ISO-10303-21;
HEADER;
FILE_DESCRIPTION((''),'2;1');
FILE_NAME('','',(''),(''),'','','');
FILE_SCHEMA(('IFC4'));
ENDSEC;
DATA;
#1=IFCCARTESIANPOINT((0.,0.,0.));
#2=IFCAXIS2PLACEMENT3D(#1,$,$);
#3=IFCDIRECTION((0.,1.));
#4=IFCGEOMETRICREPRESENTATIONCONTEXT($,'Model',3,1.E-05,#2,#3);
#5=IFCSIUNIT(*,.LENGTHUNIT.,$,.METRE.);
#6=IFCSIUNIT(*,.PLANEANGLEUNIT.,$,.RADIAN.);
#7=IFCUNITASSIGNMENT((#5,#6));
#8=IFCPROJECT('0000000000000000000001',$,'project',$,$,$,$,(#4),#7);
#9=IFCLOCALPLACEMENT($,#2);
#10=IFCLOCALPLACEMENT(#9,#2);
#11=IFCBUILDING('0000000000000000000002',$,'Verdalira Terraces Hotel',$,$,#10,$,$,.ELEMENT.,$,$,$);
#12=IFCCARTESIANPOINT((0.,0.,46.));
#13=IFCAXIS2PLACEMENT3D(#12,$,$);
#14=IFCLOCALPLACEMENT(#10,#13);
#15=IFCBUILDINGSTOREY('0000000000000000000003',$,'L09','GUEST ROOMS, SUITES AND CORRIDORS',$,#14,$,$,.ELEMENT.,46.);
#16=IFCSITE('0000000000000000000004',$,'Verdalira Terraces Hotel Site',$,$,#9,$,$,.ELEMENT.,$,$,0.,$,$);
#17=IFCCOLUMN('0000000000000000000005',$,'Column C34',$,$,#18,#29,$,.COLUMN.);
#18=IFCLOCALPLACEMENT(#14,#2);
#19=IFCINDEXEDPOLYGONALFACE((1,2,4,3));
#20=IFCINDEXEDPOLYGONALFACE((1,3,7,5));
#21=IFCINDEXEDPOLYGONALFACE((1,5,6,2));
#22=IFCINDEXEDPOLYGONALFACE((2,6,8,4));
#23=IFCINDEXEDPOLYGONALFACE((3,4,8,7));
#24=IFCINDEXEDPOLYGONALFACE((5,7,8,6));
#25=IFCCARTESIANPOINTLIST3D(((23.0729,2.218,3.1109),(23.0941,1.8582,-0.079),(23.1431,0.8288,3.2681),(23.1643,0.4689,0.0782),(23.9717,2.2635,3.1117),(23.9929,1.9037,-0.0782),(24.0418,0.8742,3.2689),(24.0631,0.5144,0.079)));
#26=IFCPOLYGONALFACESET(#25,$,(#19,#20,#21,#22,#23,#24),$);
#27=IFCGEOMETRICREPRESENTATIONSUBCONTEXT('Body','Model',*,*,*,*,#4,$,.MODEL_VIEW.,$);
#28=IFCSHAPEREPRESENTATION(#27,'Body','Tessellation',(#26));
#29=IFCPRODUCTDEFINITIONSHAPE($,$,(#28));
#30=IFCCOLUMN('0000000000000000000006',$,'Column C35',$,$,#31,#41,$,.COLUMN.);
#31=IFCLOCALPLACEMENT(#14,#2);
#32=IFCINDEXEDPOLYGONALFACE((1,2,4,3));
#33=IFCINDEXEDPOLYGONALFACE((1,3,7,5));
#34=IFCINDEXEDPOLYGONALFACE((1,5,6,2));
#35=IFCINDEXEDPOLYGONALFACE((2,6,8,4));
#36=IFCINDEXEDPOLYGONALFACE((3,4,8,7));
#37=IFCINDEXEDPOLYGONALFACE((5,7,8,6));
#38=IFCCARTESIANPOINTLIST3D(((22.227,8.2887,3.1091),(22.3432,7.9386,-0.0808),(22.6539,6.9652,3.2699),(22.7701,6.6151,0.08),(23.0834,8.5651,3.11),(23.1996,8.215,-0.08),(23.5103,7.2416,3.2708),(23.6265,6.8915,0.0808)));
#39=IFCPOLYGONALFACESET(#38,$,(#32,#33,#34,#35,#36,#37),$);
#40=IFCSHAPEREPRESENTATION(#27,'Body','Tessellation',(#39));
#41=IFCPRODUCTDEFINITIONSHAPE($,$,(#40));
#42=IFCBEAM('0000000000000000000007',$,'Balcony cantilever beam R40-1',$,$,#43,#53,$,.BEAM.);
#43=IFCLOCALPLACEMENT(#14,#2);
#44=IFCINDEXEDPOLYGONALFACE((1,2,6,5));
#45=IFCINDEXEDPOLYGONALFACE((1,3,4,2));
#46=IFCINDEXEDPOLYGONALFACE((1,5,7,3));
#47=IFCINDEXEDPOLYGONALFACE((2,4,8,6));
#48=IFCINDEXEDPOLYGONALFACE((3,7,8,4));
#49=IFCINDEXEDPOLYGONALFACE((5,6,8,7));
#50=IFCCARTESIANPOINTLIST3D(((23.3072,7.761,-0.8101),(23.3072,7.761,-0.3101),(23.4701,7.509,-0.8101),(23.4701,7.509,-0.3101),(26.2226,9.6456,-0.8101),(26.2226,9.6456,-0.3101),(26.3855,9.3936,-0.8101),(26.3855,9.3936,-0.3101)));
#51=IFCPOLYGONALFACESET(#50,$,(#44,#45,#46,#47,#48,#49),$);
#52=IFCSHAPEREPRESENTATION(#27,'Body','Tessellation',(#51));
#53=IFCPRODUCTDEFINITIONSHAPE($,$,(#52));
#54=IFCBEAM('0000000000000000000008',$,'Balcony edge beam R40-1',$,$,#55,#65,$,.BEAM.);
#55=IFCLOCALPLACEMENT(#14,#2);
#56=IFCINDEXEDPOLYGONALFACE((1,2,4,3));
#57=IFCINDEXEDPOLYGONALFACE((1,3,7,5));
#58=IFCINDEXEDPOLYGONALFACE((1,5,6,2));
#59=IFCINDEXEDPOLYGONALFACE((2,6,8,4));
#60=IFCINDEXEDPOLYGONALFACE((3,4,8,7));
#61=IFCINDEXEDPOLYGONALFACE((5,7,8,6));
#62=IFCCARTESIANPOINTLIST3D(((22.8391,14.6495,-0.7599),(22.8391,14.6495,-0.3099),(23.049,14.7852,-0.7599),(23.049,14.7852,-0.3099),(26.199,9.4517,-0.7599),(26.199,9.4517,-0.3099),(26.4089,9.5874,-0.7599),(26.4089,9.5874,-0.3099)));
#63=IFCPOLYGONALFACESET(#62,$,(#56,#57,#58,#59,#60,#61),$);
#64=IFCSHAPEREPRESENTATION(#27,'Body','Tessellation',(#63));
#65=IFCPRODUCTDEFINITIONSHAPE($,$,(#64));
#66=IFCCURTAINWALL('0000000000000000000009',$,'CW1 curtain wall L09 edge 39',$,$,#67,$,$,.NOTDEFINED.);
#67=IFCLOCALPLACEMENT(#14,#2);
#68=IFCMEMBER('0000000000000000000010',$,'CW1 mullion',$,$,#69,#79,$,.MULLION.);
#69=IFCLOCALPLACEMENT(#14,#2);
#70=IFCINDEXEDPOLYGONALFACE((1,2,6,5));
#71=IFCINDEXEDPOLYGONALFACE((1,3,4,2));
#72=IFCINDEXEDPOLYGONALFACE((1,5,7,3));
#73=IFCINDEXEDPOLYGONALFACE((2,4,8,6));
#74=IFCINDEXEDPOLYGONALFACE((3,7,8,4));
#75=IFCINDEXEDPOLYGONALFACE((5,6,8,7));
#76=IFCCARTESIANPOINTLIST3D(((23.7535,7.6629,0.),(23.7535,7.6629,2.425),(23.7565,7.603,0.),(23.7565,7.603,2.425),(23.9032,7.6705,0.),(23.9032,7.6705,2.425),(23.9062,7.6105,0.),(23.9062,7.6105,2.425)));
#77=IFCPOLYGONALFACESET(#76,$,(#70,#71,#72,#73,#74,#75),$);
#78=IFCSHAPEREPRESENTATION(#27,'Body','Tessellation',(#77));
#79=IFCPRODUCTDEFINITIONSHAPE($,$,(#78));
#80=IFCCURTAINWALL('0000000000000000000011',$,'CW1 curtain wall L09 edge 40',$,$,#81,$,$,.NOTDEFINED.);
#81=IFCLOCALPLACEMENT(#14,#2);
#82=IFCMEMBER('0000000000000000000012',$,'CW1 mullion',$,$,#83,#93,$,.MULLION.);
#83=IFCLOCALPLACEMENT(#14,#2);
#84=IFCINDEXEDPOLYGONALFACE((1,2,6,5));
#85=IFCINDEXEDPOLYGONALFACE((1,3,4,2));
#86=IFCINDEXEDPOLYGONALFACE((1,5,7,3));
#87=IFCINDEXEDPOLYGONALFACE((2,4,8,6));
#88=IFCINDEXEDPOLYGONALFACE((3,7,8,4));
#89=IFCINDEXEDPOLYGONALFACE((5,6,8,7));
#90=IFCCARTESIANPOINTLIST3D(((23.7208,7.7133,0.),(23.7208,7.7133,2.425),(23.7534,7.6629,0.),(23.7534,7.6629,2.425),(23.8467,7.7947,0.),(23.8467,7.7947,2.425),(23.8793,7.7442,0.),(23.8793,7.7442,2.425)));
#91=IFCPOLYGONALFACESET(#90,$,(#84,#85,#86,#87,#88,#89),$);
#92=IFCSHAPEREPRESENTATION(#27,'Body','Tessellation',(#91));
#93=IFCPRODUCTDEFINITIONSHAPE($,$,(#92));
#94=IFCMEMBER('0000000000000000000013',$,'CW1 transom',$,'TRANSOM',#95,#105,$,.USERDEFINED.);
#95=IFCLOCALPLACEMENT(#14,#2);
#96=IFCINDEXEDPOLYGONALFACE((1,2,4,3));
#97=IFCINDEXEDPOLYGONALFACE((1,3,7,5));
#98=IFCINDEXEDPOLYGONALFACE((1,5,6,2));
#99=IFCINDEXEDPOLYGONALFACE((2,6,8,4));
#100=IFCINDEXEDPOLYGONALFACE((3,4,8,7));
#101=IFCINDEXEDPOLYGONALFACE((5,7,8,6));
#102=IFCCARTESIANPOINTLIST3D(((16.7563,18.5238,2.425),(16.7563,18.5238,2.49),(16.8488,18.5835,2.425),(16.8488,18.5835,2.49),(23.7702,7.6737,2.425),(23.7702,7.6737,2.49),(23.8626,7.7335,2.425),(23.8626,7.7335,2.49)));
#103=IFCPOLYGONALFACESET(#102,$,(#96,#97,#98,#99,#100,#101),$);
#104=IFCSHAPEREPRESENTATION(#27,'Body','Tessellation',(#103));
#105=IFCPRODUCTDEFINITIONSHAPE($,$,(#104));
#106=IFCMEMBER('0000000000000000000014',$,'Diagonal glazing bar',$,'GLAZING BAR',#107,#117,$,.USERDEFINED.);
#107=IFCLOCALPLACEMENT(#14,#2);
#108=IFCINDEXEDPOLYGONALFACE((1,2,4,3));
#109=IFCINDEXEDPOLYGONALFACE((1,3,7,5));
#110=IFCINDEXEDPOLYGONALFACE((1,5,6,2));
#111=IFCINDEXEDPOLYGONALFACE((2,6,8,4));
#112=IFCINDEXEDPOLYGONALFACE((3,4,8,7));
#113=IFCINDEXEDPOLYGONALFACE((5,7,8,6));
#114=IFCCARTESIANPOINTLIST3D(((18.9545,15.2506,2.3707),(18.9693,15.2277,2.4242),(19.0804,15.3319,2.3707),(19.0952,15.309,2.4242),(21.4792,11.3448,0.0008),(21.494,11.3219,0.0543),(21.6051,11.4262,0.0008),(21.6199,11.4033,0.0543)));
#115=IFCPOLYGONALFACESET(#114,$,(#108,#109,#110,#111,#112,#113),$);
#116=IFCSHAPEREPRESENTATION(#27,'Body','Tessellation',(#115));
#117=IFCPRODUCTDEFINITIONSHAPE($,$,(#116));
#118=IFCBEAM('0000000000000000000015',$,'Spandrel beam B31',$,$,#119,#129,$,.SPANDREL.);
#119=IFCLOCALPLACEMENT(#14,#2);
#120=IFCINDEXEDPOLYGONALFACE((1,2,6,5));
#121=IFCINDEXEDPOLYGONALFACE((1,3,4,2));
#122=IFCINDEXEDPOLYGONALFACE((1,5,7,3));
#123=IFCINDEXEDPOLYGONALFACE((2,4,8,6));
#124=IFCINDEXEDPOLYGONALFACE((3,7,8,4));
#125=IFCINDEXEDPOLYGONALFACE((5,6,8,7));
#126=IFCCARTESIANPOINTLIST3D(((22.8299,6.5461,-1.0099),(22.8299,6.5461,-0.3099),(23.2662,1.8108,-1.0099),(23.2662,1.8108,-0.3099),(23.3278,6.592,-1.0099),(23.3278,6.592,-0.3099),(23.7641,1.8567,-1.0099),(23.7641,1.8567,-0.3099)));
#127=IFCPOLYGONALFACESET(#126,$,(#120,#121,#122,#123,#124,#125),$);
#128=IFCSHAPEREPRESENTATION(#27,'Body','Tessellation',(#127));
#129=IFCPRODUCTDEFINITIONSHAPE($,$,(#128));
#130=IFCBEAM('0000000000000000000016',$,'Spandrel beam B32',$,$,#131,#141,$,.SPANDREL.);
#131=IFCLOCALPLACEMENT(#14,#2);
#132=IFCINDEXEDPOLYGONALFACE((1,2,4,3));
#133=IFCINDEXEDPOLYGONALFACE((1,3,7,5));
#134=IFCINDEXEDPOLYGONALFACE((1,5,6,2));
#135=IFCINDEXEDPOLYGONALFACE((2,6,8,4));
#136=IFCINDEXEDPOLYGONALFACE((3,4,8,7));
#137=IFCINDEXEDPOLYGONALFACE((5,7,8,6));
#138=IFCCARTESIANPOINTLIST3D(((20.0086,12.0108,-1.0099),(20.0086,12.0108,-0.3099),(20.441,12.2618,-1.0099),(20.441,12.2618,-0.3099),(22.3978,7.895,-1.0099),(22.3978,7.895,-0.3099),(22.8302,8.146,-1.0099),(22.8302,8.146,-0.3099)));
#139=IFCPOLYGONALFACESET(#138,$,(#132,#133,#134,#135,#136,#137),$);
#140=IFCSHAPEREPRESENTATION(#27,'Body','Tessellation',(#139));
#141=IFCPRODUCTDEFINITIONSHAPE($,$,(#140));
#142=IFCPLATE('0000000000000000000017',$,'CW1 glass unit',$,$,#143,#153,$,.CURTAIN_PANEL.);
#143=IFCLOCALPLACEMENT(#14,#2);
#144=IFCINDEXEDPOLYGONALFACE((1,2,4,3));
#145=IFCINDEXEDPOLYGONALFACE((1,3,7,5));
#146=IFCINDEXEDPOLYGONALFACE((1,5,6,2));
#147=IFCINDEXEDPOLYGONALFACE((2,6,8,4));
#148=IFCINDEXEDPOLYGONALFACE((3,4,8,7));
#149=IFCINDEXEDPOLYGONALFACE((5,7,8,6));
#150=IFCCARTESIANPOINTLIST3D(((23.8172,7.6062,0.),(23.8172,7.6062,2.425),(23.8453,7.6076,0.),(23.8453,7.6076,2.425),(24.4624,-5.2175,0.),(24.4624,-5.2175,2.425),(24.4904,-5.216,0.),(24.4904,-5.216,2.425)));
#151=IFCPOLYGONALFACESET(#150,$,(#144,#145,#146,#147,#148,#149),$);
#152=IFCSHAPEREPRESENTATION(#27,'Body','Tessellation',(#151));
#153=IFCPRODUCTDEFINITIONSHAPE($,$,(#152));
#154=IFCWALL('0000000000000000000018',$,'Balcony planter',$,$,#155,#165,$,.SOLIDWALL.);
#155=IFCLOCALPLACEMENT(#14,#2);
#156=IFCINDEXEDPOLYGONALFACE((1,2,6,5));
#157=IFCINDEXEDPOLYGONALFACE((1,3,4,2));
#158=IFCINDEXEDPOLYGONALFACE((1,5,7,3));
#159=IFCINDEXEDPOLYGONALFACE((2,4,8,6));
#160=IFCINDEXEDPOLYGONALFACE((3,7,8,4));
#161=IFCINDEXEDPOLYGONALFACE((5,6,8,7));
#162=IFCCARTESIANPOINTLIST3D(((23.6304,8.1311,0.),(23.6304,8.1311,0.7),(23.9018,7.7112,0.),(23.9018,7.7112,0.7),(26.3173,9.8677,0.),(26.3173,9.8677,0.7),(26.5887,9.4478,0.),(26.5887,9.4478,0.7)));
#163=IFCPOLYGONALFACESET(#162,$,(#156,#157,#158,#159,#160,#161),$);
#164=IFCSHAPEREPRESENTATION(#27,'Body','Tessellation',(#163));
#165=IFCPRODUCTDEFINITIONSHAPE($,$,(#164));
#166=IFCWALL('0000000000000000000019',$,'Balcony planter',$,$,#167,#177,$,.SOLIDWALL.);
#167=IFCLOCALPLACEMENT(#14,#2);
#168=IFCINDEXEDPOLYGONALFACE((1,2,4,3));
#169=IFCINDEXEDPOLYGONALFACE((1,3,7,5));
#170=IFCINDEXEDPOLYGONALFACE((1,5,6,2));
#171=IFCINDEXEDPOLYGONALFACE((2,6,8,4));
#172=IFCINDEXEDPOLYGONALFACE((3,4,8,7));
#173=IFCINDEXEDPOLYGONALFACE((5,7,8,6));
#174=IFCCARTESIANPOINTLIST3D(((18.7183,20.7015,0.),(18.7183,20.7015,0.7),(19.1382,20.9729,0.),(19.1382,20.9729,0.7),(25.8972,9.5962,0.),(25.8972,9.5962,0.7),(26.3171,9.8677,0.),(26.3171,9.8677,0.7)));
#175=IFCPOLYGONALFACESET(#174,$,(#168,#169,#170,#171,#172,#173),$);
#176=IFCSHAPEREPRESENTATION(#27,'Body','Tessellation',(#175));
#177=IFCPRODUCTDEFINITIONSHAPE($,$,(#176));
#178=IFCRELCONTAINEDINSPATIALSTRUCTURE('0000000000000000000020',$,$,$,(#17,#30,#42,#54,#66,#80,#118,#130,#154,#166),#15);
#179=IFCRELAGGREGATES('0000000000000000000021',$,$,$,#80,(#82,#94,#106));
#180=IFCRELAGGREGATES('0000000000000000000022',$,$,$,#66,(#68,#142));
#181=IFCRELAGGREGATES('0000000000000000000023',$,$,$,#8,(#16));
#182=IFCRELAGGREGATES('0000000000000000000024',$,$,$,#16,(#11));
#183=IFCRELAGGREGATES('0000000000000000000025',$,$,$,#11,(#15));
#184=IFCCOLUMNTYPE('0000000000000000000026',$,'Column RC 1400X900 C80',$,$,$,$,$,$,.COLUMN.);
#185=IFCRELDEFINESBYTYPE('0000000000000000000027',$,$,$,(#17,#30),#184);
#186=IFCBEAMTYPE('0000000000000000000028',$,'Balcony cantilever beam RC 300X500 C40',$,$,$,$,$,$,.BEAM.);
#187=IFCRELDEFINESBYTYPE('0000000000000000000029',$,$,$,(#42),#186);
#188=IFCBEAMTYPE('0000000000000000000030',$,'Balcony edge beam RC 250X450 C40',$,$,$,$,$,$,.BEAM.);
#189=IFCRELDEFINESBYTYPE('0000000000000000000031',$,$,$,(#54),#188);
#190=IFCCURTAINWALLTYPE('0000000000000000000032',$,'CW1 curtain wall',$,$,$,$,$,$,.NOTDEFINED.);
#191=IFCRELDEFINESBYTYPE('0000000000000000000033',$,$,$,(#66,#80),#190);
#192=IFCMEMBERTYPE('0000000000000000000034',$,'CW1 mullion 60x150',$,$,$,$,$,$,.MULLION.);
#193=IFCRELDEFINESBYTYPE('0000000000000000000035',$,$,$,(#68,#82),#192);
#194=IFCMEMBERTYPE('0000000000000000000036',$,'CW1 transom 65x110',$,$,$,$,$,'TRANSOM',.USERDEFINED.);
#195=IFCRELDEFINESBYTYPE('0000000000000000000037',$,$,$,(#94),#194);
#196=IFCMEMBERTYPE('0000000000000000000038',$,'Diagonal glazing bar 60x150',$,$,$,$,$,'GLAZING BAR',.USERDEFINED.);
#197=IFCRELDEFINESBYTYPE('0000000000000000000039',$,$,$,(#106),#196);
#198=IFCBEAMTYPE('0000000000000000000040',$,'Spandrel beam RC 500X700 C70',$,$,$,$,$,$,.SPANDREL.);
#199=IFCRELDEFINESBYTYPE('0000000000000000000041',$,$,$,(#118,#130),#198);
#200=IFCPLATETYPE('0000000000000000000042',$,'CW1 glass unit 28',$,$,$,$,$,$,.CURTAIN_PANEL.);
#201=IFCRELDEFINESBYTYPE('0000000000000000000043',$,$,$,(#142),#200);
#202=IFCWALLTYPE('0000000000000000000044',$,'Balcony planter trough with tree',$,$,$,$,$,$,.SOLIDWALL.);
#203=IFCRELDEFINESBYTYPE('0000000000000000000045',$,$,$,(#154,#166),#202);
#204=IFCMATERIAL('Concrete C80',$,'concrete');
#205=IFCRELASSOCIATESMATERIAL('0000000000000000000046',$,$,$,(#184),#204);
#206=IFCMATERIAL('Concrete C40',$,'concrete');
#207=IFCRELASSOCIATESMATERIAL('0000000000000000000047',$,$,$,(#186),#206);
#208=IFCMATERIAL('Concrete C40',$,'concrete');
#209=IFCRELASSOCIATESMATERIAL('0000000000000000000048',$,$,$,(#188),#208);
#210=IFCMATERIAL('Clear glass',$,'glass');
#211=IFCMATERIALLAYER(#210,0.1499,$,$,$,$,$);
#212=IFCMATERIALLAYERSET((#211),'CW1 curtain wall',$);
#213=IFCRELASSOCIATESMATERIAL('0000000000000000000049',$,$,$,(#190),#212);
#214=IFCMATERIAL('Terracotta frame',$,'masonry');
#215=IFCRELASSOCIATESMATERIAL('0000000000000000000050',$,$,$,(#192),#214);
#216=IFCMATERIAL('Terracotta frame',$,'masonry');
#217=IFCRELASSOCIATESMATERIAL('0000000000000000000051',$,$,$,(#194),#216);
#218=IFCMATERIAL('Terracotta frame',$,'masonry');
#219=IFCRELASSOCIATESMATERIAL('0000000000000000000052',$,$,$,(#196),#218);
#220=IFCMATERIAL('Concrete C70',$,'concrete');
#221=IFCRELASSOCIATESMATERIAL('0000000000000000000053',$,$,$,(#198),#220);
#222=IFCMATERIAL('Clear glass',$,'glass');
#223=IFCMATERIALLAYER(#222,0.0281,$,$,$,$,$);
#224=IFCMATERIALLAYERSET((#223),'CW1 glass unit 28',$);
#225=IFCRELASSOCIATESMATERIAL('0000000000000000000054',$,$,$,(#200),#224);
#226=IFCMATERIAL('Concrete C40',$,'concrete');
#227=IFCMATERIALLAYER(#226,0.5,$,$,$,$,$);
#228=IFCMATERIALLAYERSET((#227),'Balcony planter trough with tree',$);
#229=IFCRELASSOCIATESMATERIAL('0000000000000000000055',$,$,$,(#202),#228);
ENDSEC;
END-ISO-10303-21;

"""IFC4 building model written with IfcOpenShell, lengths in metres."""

from ifc_helpers import new_model, si_unit, direction, frame, frame_2d, origin, origin_2d, place, context, subcontext, project, spatial, rectangle, extrude, material, layer, layer_set, material_profile, profile_set, type_object, element, aggregate, save


model = new_model("IFC4")

# Units and contexts
model_context = context("Model", 3, precision=1e-05, world=origin(), true_north=direction((0.0, 1.0)))
body_context = subcontext(model_context, "Body", "Model", "MODEL_VIEW")
ifc_project = project(units=[si_unit("LENGTHUNIT", "METRE"), si_unit("PLANEANGLEUNIT", "RADIAN")], contexts=[model_context])

# Site, building, storey
site_placement = place(None, origin())
site = spatial("IfcSite", under=ifc_project, at=site_placement, Name="Verdalira Terraces Hotel Site", CompositionType="ELEMENT", RefElevation=0.0)
building_placement = place(site_placement, origin())
building = spatial("IfcBuilding", under=site, at=building_placement, Name="Verdalira Terraces Hotel", CompositionType="ELEMENT")
storey_placement = place(building_placement, frame((0.0, 0.0, 46.0)))
storey = spatial("IfcBuildingStorey", under=building, at=storey_placement, Name="L09", Description="GUEST ROOMS, SUITES AND CORRIDORS", CompositionType="ELEMENT", Elevation=46.0)

# Columns
ifc_material_1 = material(Name="Concrete C80", Category="concrete")
ifc_material_profile_1 = material_profile(ifc_material_1, rectangle(XDim=1.3999, YDim=0.8999, at=origin_2d()), Name="RC 1400X900")
ifc_profile_set_1 = profile_set([ifc_material_profile_1], Name="Concrete C80")
column_type = type_object("IfcColumnType", Name="Column RC 1400X900 C80", PredefinedType="COLUMN", material=ifc_profile_set_1)
column_1_placement = place(storey_placement, frame((23.5786, 1.1863, 0.0), z_axis=(-0.006616, 0.112098, 0.993675), x_axis=(-0.050129, 0.99241, -0.112289)))
element("IfcColumn", 1, at=column_1_placement, inside=storey, type_object=column_type, Name="Column C34", PredefinedType="COLUMN", context=body_context, shape_type="SweptSolid", body=[
    extrude(rectangle(XDim=1.3999, YDim=0.8999, at=origin_2d()), origin(), (0.0, 0.0, 1.0), 3.2102),
])
column_2_placement = place(storey_placement, frame((22.9849, 7.415, 0.0), z_axis=(-0.036189, 0.109024, 0.99338), x_axis=(0.304936, -0.94542, 0.114869)))
element("IfcColumn", 2, at=column_2_placement, inside=storey, type_object=column_type, Name="Column C35", PredefinedType="COLUMN", context=body_context, shape_type="SweptSolid", body=[
    extrude(rectangle(XDim=1.3999, YDim=0.8999, at=origin_2d()), origin(), (0.0, 0.0, 1.0), 3.2112),
])

# Beams
ifc_material_2 = material(Name="Concrete C40", Category="concrete")
ifc_material_profile_2 = material_profile(ifc_material_2, rectangle(XDim=0.3, YDim=0.5, at=origin_2d()), Name="RC 300X500")
ifc_profile_set_2 = profile_set([ifc_material_profile_2], Name="Concrete C40")
beam_type_1 = type_object("IfcBeamType", Name="Balcony cantilever beam RC 300X500 C40", PredefinedType="BEAM", material=ifc_profile_set_2)
beam_1_placement = place(storey_placement, frame((23.3887, 7.635, -0.5601), z_axis=(0.839812, 0.542878, 0.0), x_axis=(-0.542878, 0.839812, 0.0)))
element("IfcBeam", 3, at=beam_1_placement, inside=storey, type_object=beam_type_1, Name="Balcony cantilever beam R40-1", PredefinedType="BEAM", context=body_context, shape_type="SweptSolid", body=[
    extrude(rectangle(XDim=0.3, YDim=0.5, at=origin_2d()), origin(), (0.0, 0.0, 1.0), 3.4714),
])
ifc_material_3 = material(Name="Concrete C40", Category="concrete")
ifc_material_profile_3 = material_profile(ifc_material_3, rectangle(XDim=0.25, YDim=0.45, at=origin_2d()), Name="RC 250X450")
ifc_profile_set_3 = profile_set([ifc_material_profile_3], Name="Concrete C40")
beam_type_2 = type_object("IfcBeamType", Name="Balcony edge beam RC 250X450 C40", PredefinedType="BEAM", material=ifc_profile_set_3)
beam_2_placement = place(storey_placement, frame((26.304, 9.5195, -0.5349), z_axis=(-0.542865, 0.83982, 0.0), x_axis=(-0.83982, -0.542865, 0.0)))
element("IfcBeam", 4, at=beam_2_placement, inside=storey, type_object=beam_type_2, Name="Balcony edge beam R40-1", PredefinedType="BEAM", context=body_context, shape_type="SweptSolid", body=[
    extrude(rectangle(XDim=0.25, YDim=0.45, at=origin_2d()), origin(), (0.0, 0.0, 1.0), 6.1892),
])

# Curtain wall, member
ifc_material_4 = material(Name="Clear glass", Category="glass")
ifc_layer_1 = layer(ifc_material_4, 0.1499)
ifc_layer_set_1 = layer_set([ifc_layer_1], Name="CW1 curtain wall")
curtain_wall_type = type_object("IfcCurtainWallType", Name="CW1 curtain wall", PredefinedType="NOTDEFINED", material=ifc_layer_set_1)
curtain_wall_1_placement = place(storey_placement, origin())
curtain_wall_1 = element("IfcCurtainWall", 5, at=curtain_wall_1_placement, inside=storey, type_object=curtain_wall_type, Name="CW1 curtain wall L09 edge 39", PredefinedType="NOTDEFINED")
ifc_material_5 = material(Name="Terracotta frame", Category="masonry")
ifc_material_profile_4 = material_profile(ifc_material_5, rectangle(XDim=0.0601, YDim=0.1499, at=origin_2d()), Name="MU 60x150")
ifc_profile_set_4 = profile_set([ifc_material_profile_4], Name="Terracotta frame")
member_type_1 = type_object("IfcMemberType", Name="CW1 mullion 60x150", PredefinedType="MULLION", material=ifc_profile_set_4)
member_1_placement = place(storey_placement, frame((23.8298, 7.6367, 0.0), z_axis=(0.0, 0.0, 1.0), x_axis=(-0.050244, 0.998737, 0.0)))
member_1 = element("IfcMember", 6, at=member_1_placement, type_object=member_type_1, Name="CW1 mullion", PredefinedType="MULLION", context=body_context, shape_type="SweptSolid", body=[
    extrude(rectangle(XDim=0.0601, YDim=0.1499, at=origin_2d()), origin(), (0.0, 0.0, 1.0), 2.425),
])

# Curtain wall, members
curtain_wall_2_placement = place(storey_placement, origin())
curtain_wall_2 = element("IfcCurtainWall", 7, at=curtain_wall_2_placement, inside=storey, type_object=curtain_wall_type, Name="CW1 curtain wall L09 edge 40", PredefinedType="NOTDEFINED")
member_2_placement = place(storey_placement, frame((23.8, 7.7288, 0.0), z_axis=(0.0, 0.0, 1.0), x_axis=(-0.542881, 0.839809, 0.0)))
member_2 = element("IfcMember", 8, at=member_2_placement, type_object=member_type_1, Name="CW1 mullion", PredefinedType="MULLION", context=body_context, shape_type="SweptSolid", body=[
    extrude(rectangle(XDim=0.0601, YDim=0.1499, at=origin_2d()), origin(), (0.0, 0.0, 1.0), 2.425),
])
ifc_material_6 = material(Name="Terracotta frame", Category="masonry")
ifc_material_profile_5 = material_profile(ifc_material_6, rectangle(XDim=0.1101, YDim=0.0649, at=origin_2d()), Name="TR 65x110")
ifc_profile_set_5 = profile_set([ifc_material_profile_5], Name="Terracotta frame")
member_type_2 = type_object("IfcMemberType", Name="CW1 transom 65x110", ElementType="TRANSOM", PredefinedType="USERDEFINED", material=ifc_profile_set_5)
member_3_placement = place(storey_placement, frame((23.8164, 7.7036, 2.4575), z_axis=(-0.542884, 0.839808, 0.0), x_axis=(-0.839808, -0.542884, 0.0)))
member_3 = element("IfcMember", 9, at=member_3_placement, type_object=member_type_2, Name="CW1 transom", ObjectType="TRANSOM", PredefinedType="USERDEFINED", context=body_context, shape_type="SweptSolid", body=[
    extrude(rectangle(XDim=0.1101, YDim=0.0649, at=origin_2d()), origin(), (0.0, 0.0, 1.0), 12.9197),
])
ifc_material_7 = material(Name="Terracotta frame", Category="masonry")
ifc_material_profile_6 = material_profile(ifc_material_7, rectangle(XDim=0.1499, YDim=0.0601, at=origin_2d()), Name="GB 60x150")
ifc_profile_set_6 = profile_set([ifc_material_profile_6], Name="Terracotta frame")
member_type_3 = type_object("IfcMemberType", Name="Diagonal glazing bar 60x150", ElementType="GLAZING BAR", PredefinedType="USERDEFINED", material=ifc_profile_set_6)
member_4_placement = place(storey_placement, frame((21.5496, 11.374, 0.0276), z_axis=(-0.48368, 0.748275, 0.454026), x_axis=(-0.839825, -0.542857, 0.0)))
member_4 = element("IfcMember", 10, at=member_4_placement, type_object=member_type_3, Name="Diagonal glazing bar", ObjectType="GLAZING BAR", PredefinedType="USERDEFINED", context=body_context, shape_type="SweptSolid", body=[
    extrude(rectangle(XDim=0.1499, YDim=0.0601, at=origin_2d()), origin(), (0.0, 0.0, 1.0), 5.2197),
])
aggregate(curtain_wall_2, [member_2, member_3, member_4])

# Beams
ifc_material_8 = material(Name="Concrete C70", Category="concrete")
ifc_material_profile_7 = material_profile(ifc_material_8, rectangle(XDim=0.5, YDim=0.7, at=origin_2d()), Name="RC 500X700")
ifc_profile_set_7 = profile_set([ifc_material_profile_7], Name="Concrete C70")
beam_type_3 = type_object("IfcBeamType", Name="Spandrel beam RC 500X700 C70", PredefinedType="SPANDREL", material=ifc_profile_set_7)
beam_3_placement = place(storey_placement, frame((23.5151, 1.8337, -0.6599), z_axis=(-0.091744, 0.995783, 0.0), x_axis=(-0.995783, -0.091744, 0.0)))
element("IfcBeam", 11, at=beam_3_placement, inside=storey, type_object=beam_type_3, Name="Spandrel beam B31", PredefinedType="SPANDREL", context=body_context, shape_type="SweptSolid", body=[
    extrude(rectangle(XDim=0.5, YDim=0.7, at=origin_2d()), origin(), (0.0, 0.0, 1.0), 4.7554),
])
beam_4_placement = place(storey_placement, frame((22.614, 8.0205, -0.6599), z_axis=(-0.502039, 0.864845, 0.0), x_axis=(-0.864845, -0.502039, 0.0)))
element("IfcBeam", 12, at=beam_4_placement, inside=storey, type_object=beam_type_3, Name="Spandrel beam B32", PredefinedType="SPANDREL", context=body_context, shape_type="SweptSolid", body=[
    extrude(rectangle(XDim=0.5, YDim=0.7, at=origin_2d()), origin(), (0.0, 0.0, 1.0), 4.759),
])

# Plate
ifc_material_9 = material(Name="Clear glass", Category="glass")
ifc_layer_2 = layer(ifc_material_9, 0.0281)
ifc_layer_set_2 = layer_set([ifc_layer_2], Name="CW1 glass unit 28")
plate_type = type_object("IfcPlateType", Name="CW1 glass unit 28", PredefinedType="CURTAIN_PANEL", material=ifc_layer_set_2)
plate_placement = place(storey_placement, frame((24.1538, 1.1951, 0.0), z_axis=(0.0, 0.0, 1.0), x_axis=(-0.050244, 0.998737, 0.0)))
plate = element("IfcPlate", 13, at=plate_placement, type_object=plate_type, Name="CW1 glass unit", PredefinedType="CURTAIN_PANEL", context=body_context, shape_type="SweptSolid", body=[
    extrude(rectangle(XDim=12.8398, YDim=0.0281, at=origin_2d()), origin(), (0.0, 0.0, 1.0), 2.425),
])
aggregate(curtain_wall_1, [member_1, plate])

# Walls
ifc_material_10 = material(Name="Concrete C40", Category="concrete")
ifc_layer_3 = layer(ifc_material_10, 0.5)
ifc_layer_set_3 = layer_set([ifc_layer_3], Name="Balcony planter trough with tree")
wall_type_1 = type_object("IfcWallType", Name="Balcony planter trough with tree", PredefinedType="SOLIDWALL", material=ifc_layer_set_3)
wall_1_placement = place(storey_placement, frame((23.7661, 7.9211, 0.0), z_axis=(0.0, 0.0, 1.0), x_axis=(0.839844, 0.542827, 0.0)))
element("IfcWall", 14, at=wall_1_placement, inside=storey, type_object=wall_type_1, Name="Balcony planter", PredefinedType="SOLIDWALL", context=body_context, shape_type="SweptSolid", body=[
    extrude(rectangle(XDim=3.1992, YDim=0.5, at=frame_2d((1.5996, 0.0))), origin(), (0.0, 0.0, 1.0), 0.7),
])
wall_2_placement = place(storey_placement, frame((26.1072, 9.7319, 0.0), z_axis=(0.0, 0.0, 1.0), x_axis=(-0.54289, 0.839804, 0.0)))
element("IfcWall", 15, at=wall_2_placement, inside=storey, type_object=wall_type_1, Name="Balcony planter", PredefinedType="SOLIDWALL", context=body_context, shape_type="SweptSolid", body=[
    extrude(rectangle(XDim=13.2236, YDim=0.5, at=frame_2d((6.6118, 0.0))), origin(), (0.0, 0.0, 1.0), 0.7),
])

save(model, "model.ifc")
